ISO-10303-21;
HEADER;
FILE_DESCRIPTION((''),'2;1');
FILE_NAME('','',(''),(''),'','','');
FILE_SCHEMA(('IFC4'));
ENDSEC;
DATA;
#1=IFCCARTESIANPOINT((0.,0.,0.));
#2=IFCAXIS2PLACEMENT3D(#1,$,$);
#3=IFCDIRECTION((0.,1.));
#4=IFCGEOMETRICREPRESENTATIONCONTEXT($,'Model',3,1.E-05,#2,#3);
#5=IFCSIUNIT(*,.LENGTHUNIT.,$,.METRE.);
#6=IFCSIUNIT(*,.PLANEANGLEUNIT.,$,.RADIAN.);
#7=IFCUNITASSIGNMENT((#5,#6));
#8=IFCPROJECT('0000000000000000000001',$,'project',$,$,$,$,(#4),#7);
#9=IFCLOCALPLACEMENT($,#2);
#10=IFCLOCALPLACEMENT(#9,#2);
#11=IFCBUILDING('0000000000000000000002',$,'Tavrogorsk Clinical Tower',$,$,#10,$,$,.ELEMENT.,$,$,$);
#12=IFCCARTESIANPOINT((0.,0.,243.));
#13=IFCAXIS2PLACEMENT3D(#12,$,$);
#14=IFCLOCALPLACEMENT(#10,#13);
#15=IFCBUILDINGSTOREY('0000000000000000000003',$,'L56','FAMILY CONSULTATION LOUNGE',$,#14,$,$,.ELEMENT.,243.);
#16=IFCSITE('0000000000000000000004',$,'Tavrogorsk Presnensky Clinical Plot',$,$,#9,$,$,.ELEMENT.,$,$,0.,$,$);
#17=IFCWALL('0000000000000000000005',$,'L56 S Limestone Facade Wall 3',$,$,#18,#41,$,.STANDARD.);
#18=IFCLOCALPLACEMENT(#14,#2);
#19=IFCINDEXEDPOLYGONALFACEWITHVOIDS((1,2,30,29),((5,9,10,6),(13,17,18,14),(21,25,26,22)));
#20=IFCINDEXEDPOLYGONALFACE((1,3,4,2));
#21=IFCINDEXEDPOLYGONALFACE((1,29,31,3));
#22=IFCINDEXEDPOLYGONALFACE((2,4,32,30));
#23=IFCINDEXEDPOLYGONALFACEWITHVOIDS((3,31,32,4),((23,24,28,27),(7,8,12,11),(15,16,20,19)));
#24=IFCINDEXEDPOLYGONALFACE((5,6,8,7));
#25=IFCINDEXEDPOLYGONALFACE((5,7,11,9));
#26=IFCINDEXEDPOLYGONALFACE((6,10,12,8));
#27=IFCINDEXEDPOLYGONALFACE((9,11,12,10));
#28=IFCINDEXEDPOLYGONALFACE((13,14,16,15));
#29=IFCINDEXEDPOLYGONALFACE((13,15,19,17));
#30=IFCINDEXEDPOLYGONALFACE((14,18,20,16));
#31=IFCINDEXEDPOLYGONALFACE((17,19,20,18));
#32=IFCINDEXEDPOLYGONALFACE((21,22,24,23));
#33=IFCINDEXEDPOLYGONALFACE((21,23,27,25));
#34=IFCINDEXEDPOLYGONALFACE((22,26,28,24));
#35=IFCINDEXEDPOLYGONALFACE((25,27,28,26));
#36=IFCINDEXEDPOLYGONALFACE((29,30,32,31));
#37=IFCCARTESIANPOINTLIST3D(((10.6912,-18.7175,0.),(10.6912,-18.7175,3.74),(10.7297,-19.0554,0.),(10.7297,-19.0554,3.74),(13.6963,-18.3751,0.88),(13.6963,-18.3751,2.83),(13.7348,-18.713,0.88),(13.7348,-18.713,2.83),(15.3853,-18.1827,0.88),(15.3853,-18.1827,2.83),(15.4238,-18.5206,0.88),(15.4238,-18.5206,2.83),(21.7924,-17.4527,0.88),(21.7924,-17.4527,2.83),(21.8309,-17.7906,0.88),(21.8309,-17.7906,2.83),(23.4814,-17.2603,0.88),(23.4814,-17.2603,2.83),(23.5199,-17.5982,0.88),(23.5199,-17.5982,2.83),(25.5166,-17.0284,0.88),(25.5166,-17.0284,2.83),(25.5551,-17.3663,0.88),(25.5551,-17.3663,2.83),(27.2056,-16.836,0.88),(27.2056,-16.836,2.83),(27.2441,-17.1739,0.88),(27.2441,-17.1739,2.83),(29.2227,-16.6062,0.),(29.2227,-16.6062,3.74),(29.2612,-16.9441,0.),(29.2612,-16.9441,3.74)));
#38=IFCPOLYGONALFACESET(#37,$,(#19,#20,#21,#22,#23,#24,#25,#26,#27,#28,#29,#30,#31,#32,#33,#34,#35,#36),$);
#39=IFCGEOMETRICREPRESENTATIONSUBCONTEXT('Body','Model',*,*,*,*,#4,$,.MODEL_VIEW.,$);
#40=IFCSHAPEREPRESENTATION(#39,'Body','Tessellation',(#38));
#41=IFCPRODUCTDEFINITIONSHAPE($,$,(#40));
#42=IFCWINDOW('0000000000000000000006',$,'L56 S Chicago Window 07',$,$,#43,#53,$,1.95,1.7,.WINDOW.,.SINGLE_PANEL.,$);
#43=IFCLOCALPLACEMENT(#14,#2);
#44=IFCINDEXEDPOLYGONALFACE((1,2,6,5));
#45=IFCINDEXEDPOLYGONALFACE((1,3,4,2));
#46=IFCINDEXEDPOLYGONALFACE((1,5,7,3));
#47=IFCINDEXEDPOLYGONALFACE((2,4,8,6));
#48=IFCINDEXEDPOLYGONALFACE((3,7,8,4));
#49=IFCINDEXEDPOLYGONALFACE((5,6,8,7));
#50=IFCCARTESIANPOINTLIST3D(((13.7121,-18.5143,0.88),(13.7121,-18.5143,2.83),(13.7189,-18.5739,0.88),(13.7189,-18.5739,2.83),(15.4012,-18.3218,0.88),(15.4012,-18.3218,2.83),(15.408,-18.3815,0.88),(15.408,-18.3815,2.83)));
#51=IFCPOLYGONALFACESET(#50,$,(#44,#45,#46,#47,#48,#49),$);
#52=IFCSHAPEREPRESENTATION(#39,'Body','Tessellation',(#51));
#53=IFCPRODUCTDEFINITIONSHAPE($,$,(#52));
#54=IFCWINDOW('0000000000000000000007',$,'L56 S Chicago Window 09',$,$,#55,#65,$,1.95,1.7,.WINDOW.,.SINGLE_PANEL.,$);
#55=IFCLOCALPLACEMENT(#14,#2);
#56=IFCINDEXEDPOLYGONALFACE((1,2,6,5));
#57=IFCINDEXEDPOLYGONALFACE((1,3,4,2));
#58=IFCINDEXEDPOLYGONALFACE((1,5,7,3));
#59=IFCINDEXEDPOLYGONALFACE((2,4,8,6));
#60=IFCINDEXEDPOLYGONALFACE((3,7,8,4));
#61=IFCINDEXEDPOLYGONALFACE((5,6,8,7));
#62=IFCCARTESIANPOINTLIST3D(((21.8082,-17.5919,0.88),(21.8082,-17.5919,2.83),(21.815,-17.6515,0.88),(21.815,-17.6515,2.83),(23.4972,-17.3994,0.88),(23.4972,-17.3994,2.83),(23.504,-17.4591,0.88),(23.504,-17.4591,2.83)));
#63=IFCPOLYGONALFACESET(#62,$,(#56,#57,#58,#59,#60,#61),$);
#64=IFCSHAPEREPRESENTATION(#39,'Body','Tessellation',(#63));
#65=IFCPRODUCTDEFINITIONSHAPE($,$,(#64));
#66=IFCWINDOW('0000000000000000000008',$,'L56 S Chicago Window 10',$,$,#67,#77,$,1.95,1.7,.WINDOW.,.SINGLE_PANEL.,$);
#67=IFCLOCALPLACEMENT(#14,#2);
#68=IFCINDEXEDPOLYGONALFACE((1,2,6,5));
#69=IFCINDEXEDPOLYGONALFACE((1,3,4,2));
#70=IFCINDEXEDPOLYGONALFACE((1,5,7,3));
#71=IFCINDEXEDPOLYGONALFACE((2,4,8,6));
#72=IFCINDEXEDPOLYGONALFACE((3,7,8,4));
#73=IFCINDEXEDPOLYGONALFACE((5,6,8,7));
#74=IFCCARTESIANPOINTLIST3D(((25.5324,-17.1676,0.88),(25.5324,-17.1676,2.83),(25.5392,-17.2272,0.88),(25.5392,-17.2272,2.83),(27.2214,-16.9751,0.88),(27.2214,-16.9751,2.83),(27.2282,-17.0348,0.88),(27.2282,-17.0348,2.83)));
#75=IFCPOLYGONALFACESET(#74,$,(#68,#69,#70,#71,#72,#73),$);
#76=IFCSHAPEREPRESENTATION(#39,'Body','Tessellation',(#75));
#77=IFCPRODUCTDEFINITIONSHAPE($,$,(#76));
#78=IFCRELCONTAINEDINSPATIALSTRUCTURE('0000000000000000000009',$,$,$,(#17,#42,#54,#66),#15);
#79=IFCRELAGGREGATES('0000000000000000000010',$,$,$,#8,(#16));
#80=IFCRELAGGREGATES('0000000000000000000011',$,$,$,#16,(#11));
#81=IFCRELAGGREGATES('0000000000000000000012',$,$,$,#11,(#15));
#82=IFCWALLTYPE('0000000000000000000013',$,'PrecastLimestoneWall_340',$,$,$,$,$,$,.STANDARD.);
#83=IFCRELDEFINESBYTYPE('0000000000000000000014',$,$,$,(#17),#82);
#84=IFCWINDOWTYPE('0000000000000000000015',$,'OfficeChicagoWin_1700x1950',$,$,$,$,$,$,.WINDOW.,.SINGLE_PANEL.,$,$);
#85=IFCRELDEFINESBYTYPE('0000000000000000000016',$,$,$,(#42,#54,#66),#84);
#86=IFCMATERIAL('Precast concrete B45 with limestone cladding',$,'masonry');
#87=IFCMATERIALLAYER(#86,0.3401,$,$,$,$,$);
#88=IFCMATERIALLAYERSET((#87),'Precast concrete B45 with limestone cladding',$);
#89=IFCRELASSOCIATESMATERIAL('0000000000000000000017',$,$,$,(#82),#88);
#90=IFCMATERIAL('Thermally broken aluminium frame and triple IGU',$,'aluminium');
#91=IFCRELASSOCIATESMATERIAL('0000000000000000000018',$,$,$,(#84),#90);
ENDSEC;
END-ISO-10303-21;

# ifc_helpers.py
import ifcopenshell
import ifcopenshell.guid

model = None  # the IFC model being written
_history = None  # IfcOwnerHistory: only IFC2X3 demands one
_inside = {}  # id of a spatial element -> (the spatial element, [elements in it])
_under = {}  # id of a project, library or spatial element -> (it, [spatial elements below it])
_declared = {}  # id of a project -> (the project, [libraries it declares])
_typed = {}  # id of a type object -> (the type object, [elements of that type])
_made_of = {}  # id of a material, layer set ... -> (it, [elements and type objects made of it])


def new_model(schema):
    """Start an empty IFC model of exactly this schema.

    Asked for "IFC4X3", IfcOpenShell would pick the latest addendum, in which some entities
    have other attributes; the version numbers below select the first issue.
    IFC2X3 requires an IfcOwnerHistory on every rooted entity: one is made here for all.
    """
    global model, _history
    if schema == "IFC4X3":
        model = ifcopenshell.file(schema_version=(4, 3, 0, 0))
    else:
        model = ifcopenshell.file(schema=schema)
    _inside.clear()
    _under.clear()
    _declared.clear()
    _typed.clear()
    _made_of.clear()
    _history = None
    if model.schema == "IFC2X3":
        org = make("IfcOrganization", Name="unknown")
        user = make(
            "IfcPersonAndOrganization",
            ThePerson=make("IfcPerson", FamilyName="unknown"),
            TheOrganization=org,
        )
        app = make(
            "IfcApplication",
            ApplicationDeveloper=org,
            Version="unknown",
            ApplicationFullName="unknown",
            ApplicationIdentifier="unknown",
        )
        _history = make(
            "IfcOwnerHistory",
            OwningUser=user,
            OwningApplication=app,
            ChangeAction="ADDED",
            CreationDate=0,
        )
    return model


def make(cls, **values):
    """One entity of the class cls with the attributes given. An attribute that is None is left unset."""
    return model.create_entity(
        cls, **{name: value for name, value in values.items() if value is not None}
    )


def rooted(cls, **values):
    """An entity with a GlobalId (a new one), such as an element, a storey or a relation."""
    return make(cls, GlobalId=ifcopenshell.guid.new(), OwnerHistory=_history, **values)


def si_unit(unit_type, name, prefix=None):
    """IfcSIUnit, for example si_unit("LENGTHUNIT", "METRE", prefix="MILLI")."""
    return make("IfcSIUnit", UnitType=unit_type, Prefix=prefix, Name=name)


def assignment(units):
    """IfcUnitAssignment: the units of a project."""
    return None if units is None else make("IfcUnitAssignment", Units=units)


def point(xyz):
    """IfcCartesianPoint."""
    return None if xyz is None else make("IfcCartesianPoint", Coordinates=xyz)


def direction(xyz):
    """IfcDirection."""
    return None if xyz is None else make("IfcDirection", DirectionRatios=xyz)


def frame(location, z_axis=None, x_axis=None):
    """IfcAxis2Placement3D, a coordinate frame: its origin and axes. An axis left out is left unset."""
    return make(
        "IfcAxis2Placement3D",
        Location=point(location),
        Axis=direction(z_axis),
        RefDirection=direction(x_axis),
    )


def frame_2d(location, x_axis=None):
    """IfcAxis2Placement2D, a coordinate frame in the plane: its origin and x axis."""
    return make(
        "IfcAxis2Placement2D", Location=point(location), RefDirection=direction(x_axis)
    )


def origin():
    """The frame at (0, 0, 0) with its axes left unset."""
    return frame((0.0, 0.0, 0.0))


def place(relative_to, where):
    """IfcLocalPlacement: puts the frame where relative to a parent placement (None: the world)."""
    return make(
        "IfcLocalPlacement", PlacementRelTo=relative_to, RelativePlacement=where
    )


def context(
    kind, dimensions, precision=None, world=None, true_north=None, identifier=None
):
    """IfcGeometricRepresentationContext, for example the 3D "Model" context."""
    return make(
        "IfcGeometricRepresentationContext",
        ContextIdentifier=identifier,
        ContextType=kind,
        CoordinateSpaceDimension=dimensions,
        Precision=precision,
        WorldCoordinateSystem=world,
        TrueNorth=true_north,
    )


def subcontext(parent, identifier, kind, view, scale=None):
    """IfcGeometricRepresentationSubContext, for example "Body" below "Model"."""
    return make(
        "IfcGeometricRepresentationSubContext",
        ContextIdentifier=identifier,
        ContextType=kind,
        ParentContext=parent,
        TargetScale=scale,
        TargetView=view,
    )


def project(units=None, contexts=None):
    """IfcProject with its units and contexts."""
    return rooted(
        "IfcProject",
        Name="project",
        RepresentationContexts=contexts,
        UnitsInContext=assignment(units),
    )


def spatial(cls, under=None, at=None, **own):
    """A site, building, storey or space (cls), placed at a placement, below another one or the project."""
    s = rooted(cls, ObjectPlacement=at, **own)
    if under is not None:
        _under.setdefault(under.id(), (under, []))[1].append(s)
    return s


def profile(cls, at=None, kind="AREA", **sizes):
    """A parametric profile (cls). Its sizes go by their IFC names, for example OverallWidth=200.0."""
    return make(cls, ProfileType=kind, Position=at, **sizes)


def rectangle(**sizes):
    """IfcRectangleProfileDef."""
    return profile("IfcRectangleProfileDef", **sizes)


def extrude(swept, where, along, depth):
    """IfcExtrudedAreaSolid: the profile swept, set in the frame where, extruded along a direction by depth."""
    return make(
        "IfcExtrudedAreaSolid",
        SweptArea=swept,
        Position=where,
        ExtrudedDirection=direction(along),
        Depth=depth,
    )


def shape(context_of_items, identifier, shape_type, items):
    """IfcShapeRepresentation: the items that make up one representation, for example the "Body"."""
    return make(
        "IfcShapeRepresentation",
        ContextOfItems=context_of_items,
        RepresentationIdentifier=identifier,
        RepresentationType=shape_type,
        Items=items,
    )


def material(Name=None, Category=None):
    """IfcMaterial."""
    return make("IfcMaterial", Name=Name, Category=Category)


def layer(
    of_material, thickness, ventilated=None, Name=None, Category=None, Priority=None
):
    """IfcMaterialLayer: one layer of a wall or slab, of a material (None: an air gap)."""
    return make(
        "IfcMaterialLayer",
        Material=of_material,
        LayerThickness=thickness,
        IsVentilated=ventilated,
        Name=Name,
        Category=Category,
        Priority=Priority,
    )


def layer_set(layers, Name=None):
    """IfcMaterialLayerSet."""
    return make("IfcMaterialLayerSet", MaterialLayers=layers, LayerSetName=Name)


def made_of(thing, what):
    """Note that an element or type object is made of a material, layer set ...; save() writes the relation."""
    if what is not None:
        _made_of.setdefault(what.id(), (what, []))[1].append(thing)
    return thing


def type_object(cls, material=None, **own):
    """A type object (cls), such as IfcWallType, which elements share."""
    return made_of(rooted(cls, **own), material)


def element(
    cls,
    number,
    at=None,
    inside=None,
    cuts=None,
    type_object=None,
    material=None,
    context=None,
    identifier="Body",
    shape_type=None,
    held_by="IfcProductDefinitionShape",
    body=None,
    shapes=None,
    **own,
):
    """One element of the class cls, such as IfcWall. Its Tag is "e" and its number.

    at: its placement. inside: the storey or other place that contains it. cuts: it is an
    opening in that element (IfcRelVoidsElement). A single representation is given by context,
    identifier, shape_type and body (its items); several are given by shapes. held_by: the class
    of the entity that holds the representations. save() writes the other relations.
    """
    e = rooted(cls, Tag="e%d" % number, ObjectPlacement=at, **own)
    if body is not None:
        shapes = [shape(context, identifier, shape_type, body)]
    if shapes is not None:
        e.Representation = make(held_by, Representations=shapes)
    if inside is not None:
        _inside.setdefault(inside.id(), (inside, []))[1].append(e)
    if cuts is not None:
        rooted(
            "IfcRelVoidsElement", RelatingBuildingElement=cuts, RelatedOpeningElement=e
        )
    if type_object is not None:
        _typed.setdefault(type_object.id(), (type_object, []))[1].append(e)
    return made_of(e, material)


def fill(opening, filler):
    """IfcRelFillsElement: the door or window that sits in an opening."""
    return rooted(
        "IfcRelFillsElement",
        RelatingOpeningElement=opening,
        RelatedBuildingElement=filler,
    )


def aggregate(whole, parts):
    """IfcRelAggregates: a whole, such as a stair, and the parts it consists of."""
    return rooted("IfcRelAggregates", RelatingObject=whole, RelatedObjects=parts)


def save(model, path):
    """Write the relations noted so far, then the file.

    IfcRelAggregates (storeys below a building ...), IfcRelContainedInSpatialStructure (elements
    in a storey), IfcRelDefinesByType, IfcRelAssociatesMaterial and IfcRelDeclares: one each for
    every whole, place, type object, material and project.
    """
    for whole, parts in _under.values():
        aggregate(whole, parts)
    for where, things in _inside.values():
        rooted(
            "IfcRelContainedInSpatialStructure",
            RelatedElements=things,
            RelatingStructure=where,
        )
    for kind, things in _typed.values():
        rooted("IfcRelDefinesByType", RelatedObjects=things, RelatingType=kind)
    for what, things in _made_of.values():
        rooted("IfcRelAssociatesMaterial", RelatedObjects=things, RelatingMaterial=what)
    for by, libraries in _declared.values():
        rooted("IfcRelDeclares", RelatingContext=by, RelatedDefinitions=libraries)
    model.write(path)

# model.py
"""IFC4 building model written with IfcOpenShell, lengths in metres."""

from ifc_helpers import new_model, si_unit, direction, frame, frame_2d, origin, place, context, subcontext, project, spatial, rectangle, extrude, material, layer, layer_set, type_object, element, fill, save


model = new_model("IFC4")

# Units and contexts
model_context = context("Model", 3, precision=1e-05, world=origin(), true_north=direction((0.0, 1.0)))
body_context = subcontext(model_context, "Body", "Model", "MODEL_VIEW")
ifc_project = project(units=[si_unit("LENGTHUNIT", "METRE"), si_unit("PLANEANGLEUNIT", "RADIAN")], contexts=[model_context])

# Site, building, storey
site_placement = place(None, origin())
site = spatial("IfcSite", under=ifc_project, at=site_placement, Name="Tavrogorsk Presnensky Clinical Plot", CompositionType="ELEMENT", RefElevation=0.0)
building_placement = place(site_placement, origin())
building = spatial("IfcBuilding", under=site, at=building_placement, Name="Tavrogorsk Clinical Tower", CompositionType="ELEMENT")
storey_placement = place(building_placement, frame((0.0, 0.0, 243.0)))
storey = spatial("IfcBuildingStorey", under=building, at=storey_placement, Name="L56", Description="FAMILY CONSULTATION LOUNGE", CompositionType="ELEMENT", Elevation=243.0)

# Wall, openings, windows
ifc_material_1 = material(Name="Precast concrete B45 with limestone cladding", Category="masonry")
ifc_layer_1 = layer(ifc_material_1, 0.3401)
ifc_layer_set_1 = layer_set([ifc_layer_1], Name="Precast concrete B45 with limestone cladding")
wall_type_1 = type_object("IfcWallType", Name="PrecastLimestoneWall_340", PredefinedType="STANDARD", material=ifc_layer_set_1)
wall_1_placement = place(storey_placement, frame((10.7104, -18.8865, 0.0), z_axis=(0.0, 0.0, 1.0), x_axis=(0.993572, 0.1132, 0.0)))
wall_1 = element("IfcWall", 1, at=wall_1_placement, inside=storey, type_object=wall_type_1, Name="L56 S Limestone Facade Wall 3", PredefinedType="STANDARD", context=body_context, shape_type="SweptSolid", body=[
    extrude(rectangle(XDim=18.6514, YDim=0.3401, at=frame_2d((9.3257, 0.0))), origin(), (0.0, 0.0, 1.0), 3.74),
])
opening_1_placement = place(wall_1_placement, frame((3.0244, 0.0, 0.8799)))
opening_1 = element("IfcOpeningElement", 2, at=opening_1_placement, cuts=wall_1, PredefinedType="OPENING", context=body_context, shape_type="SweptSolid", body=[
    extrude(rectangle(XDim=1.7, YDim=1.95, at=frame_2d((0.8501, 0.9751))), frame((0.0, 0.1799, 0.0), z_axis=(0.0, -1.0, 0.0), x_axis=(1.0, 0.0, 0.0)), (0.0, 0.0, 1.0), 0.3601),
])
opening_2_placement = place(wall_1_placement, frame((11.1729, 0.0, 0.8799)))
opening_2 = element("IfcOpeningElement", 3, at=opening_2_placement, cuts=wall_1, PredefinedType="OPENING", context=body_context, shape_type="SweptSolid", body=[
    extrude(rectangle(XDim=1.7, YDim=1.95, at=frame_2d((0.8501, 0.9751))), frame((0.0, 0.1799, 0.0), z_axis=(0.0, -1.0, 0.0), x_axis=(1.0, 0.0, 0.0)), (0.0, 0.0, 1.0), 0.3601),
])
opening_3_placement = place(wall_1_placement, frame((14.9211, 0.0, 0.8799)))
opening_3 = element("IfcOpeningElement", 4, at=opening_3_placement, cuts=wall_1, PredefinedType="OPENING", context=body_context, shape_type="SweptSolid", body=[
    extrude(rectangle(XDim=1.7, YDim=1.95, at=frame_2d((0.8501, 0.9751))), frame((0.0, 0.1799, 0.0), z_axis=(0.0, -1.0, 0.0), x_axis=(1.0, 0.0, 0.0)), (0.0, 0.0, 1.0), 0.3601),
])
ifc_material_2 = material(Name="Thermally broken aluminium frame and triple IGU", Category="aluminium")
window_type = type_object("IfcWindowType", Name="OfficeChicagoWin_1700x1950", PartitioningType="SINGLE_PANEL", PredefinedType="WINDOW", material=ifc_material_2)
window_1_placement = place(opening_1_placement, origin())
window_1 = element("IfcWindow", 5, at=window_1_placement, inside=storey, type_object=window_type, Name="L56 S Chicago Window 07", OverallHeight=1.95, OverallWidth=1.7, PartitioningType="SINGLE_PANEL", PredefinedType="WINDOW", context=body_context, shape_type="SweptSolid", body=[
    extrude(rectangle(XDim=1.7, YDim=1.95, at=frame_2d((0.8501, 0.9751))), frame((0.0, 0.03, 0.0), z_axis=(0.0, -1.0, 0.0), x_axis=(1.0, 0.0, 0.0)), (0.0, 0.0, 1.0), 0.0601),
])
fill(opening_1, window_1)
window_2_placement = place(opening_2_placement, origin())
window_2 = element("IfcWindow", 6, at=window_2_placement, inside=storey, type_object=window_type, Name="L56 S Chicago Window 09", OverallHeight=1.95, OverallWidth=1.7, PartitioningType="SINGLE_PANEL", PredefinedType="WINDOW", context=body_context, shape_type="SweptSolid", body=[
    extrude(rectangle(XDim=1.7, YDim=1.95, at=frame_2d((0.8501, 0.9751))), frame((0.0, 0.03, 0.0), z_axis=(0.0, -1.0, 0.0), x_axis=(1.0, 0.0, 0.0)), (0.0, 0.0, 1.0), 0.0601),
])
fill(opening_2, window_2)
window_3_placement = place(opening_3_placement, origin())
window_3 = element("IfcWindow", 7, at=window_3_placement, inside=storey, type_object=window_type, Name="L56 S Chicago Window 10", OverallHeight=1.95, OverallWidth=1.7, PartitioningType="SINGLE_PANEL", PredefinedType="WINDOW", context=body_context, shape_type="SweptSolid", body=[
    extrude(rectangle(XDim=1.7, YDim=1.95, at=frame_2d((0.8501, 0.9751))), frame((0.0, 0.03, 0.0), z_axis=(0.0, -1.0, 0.0), x_axis=(1.0, 0.0, 0.0)), (0.0, 0.0, 1.0), 0.0601),
])
fill(opening_3, window_3)

save(model, "model.ifc")
